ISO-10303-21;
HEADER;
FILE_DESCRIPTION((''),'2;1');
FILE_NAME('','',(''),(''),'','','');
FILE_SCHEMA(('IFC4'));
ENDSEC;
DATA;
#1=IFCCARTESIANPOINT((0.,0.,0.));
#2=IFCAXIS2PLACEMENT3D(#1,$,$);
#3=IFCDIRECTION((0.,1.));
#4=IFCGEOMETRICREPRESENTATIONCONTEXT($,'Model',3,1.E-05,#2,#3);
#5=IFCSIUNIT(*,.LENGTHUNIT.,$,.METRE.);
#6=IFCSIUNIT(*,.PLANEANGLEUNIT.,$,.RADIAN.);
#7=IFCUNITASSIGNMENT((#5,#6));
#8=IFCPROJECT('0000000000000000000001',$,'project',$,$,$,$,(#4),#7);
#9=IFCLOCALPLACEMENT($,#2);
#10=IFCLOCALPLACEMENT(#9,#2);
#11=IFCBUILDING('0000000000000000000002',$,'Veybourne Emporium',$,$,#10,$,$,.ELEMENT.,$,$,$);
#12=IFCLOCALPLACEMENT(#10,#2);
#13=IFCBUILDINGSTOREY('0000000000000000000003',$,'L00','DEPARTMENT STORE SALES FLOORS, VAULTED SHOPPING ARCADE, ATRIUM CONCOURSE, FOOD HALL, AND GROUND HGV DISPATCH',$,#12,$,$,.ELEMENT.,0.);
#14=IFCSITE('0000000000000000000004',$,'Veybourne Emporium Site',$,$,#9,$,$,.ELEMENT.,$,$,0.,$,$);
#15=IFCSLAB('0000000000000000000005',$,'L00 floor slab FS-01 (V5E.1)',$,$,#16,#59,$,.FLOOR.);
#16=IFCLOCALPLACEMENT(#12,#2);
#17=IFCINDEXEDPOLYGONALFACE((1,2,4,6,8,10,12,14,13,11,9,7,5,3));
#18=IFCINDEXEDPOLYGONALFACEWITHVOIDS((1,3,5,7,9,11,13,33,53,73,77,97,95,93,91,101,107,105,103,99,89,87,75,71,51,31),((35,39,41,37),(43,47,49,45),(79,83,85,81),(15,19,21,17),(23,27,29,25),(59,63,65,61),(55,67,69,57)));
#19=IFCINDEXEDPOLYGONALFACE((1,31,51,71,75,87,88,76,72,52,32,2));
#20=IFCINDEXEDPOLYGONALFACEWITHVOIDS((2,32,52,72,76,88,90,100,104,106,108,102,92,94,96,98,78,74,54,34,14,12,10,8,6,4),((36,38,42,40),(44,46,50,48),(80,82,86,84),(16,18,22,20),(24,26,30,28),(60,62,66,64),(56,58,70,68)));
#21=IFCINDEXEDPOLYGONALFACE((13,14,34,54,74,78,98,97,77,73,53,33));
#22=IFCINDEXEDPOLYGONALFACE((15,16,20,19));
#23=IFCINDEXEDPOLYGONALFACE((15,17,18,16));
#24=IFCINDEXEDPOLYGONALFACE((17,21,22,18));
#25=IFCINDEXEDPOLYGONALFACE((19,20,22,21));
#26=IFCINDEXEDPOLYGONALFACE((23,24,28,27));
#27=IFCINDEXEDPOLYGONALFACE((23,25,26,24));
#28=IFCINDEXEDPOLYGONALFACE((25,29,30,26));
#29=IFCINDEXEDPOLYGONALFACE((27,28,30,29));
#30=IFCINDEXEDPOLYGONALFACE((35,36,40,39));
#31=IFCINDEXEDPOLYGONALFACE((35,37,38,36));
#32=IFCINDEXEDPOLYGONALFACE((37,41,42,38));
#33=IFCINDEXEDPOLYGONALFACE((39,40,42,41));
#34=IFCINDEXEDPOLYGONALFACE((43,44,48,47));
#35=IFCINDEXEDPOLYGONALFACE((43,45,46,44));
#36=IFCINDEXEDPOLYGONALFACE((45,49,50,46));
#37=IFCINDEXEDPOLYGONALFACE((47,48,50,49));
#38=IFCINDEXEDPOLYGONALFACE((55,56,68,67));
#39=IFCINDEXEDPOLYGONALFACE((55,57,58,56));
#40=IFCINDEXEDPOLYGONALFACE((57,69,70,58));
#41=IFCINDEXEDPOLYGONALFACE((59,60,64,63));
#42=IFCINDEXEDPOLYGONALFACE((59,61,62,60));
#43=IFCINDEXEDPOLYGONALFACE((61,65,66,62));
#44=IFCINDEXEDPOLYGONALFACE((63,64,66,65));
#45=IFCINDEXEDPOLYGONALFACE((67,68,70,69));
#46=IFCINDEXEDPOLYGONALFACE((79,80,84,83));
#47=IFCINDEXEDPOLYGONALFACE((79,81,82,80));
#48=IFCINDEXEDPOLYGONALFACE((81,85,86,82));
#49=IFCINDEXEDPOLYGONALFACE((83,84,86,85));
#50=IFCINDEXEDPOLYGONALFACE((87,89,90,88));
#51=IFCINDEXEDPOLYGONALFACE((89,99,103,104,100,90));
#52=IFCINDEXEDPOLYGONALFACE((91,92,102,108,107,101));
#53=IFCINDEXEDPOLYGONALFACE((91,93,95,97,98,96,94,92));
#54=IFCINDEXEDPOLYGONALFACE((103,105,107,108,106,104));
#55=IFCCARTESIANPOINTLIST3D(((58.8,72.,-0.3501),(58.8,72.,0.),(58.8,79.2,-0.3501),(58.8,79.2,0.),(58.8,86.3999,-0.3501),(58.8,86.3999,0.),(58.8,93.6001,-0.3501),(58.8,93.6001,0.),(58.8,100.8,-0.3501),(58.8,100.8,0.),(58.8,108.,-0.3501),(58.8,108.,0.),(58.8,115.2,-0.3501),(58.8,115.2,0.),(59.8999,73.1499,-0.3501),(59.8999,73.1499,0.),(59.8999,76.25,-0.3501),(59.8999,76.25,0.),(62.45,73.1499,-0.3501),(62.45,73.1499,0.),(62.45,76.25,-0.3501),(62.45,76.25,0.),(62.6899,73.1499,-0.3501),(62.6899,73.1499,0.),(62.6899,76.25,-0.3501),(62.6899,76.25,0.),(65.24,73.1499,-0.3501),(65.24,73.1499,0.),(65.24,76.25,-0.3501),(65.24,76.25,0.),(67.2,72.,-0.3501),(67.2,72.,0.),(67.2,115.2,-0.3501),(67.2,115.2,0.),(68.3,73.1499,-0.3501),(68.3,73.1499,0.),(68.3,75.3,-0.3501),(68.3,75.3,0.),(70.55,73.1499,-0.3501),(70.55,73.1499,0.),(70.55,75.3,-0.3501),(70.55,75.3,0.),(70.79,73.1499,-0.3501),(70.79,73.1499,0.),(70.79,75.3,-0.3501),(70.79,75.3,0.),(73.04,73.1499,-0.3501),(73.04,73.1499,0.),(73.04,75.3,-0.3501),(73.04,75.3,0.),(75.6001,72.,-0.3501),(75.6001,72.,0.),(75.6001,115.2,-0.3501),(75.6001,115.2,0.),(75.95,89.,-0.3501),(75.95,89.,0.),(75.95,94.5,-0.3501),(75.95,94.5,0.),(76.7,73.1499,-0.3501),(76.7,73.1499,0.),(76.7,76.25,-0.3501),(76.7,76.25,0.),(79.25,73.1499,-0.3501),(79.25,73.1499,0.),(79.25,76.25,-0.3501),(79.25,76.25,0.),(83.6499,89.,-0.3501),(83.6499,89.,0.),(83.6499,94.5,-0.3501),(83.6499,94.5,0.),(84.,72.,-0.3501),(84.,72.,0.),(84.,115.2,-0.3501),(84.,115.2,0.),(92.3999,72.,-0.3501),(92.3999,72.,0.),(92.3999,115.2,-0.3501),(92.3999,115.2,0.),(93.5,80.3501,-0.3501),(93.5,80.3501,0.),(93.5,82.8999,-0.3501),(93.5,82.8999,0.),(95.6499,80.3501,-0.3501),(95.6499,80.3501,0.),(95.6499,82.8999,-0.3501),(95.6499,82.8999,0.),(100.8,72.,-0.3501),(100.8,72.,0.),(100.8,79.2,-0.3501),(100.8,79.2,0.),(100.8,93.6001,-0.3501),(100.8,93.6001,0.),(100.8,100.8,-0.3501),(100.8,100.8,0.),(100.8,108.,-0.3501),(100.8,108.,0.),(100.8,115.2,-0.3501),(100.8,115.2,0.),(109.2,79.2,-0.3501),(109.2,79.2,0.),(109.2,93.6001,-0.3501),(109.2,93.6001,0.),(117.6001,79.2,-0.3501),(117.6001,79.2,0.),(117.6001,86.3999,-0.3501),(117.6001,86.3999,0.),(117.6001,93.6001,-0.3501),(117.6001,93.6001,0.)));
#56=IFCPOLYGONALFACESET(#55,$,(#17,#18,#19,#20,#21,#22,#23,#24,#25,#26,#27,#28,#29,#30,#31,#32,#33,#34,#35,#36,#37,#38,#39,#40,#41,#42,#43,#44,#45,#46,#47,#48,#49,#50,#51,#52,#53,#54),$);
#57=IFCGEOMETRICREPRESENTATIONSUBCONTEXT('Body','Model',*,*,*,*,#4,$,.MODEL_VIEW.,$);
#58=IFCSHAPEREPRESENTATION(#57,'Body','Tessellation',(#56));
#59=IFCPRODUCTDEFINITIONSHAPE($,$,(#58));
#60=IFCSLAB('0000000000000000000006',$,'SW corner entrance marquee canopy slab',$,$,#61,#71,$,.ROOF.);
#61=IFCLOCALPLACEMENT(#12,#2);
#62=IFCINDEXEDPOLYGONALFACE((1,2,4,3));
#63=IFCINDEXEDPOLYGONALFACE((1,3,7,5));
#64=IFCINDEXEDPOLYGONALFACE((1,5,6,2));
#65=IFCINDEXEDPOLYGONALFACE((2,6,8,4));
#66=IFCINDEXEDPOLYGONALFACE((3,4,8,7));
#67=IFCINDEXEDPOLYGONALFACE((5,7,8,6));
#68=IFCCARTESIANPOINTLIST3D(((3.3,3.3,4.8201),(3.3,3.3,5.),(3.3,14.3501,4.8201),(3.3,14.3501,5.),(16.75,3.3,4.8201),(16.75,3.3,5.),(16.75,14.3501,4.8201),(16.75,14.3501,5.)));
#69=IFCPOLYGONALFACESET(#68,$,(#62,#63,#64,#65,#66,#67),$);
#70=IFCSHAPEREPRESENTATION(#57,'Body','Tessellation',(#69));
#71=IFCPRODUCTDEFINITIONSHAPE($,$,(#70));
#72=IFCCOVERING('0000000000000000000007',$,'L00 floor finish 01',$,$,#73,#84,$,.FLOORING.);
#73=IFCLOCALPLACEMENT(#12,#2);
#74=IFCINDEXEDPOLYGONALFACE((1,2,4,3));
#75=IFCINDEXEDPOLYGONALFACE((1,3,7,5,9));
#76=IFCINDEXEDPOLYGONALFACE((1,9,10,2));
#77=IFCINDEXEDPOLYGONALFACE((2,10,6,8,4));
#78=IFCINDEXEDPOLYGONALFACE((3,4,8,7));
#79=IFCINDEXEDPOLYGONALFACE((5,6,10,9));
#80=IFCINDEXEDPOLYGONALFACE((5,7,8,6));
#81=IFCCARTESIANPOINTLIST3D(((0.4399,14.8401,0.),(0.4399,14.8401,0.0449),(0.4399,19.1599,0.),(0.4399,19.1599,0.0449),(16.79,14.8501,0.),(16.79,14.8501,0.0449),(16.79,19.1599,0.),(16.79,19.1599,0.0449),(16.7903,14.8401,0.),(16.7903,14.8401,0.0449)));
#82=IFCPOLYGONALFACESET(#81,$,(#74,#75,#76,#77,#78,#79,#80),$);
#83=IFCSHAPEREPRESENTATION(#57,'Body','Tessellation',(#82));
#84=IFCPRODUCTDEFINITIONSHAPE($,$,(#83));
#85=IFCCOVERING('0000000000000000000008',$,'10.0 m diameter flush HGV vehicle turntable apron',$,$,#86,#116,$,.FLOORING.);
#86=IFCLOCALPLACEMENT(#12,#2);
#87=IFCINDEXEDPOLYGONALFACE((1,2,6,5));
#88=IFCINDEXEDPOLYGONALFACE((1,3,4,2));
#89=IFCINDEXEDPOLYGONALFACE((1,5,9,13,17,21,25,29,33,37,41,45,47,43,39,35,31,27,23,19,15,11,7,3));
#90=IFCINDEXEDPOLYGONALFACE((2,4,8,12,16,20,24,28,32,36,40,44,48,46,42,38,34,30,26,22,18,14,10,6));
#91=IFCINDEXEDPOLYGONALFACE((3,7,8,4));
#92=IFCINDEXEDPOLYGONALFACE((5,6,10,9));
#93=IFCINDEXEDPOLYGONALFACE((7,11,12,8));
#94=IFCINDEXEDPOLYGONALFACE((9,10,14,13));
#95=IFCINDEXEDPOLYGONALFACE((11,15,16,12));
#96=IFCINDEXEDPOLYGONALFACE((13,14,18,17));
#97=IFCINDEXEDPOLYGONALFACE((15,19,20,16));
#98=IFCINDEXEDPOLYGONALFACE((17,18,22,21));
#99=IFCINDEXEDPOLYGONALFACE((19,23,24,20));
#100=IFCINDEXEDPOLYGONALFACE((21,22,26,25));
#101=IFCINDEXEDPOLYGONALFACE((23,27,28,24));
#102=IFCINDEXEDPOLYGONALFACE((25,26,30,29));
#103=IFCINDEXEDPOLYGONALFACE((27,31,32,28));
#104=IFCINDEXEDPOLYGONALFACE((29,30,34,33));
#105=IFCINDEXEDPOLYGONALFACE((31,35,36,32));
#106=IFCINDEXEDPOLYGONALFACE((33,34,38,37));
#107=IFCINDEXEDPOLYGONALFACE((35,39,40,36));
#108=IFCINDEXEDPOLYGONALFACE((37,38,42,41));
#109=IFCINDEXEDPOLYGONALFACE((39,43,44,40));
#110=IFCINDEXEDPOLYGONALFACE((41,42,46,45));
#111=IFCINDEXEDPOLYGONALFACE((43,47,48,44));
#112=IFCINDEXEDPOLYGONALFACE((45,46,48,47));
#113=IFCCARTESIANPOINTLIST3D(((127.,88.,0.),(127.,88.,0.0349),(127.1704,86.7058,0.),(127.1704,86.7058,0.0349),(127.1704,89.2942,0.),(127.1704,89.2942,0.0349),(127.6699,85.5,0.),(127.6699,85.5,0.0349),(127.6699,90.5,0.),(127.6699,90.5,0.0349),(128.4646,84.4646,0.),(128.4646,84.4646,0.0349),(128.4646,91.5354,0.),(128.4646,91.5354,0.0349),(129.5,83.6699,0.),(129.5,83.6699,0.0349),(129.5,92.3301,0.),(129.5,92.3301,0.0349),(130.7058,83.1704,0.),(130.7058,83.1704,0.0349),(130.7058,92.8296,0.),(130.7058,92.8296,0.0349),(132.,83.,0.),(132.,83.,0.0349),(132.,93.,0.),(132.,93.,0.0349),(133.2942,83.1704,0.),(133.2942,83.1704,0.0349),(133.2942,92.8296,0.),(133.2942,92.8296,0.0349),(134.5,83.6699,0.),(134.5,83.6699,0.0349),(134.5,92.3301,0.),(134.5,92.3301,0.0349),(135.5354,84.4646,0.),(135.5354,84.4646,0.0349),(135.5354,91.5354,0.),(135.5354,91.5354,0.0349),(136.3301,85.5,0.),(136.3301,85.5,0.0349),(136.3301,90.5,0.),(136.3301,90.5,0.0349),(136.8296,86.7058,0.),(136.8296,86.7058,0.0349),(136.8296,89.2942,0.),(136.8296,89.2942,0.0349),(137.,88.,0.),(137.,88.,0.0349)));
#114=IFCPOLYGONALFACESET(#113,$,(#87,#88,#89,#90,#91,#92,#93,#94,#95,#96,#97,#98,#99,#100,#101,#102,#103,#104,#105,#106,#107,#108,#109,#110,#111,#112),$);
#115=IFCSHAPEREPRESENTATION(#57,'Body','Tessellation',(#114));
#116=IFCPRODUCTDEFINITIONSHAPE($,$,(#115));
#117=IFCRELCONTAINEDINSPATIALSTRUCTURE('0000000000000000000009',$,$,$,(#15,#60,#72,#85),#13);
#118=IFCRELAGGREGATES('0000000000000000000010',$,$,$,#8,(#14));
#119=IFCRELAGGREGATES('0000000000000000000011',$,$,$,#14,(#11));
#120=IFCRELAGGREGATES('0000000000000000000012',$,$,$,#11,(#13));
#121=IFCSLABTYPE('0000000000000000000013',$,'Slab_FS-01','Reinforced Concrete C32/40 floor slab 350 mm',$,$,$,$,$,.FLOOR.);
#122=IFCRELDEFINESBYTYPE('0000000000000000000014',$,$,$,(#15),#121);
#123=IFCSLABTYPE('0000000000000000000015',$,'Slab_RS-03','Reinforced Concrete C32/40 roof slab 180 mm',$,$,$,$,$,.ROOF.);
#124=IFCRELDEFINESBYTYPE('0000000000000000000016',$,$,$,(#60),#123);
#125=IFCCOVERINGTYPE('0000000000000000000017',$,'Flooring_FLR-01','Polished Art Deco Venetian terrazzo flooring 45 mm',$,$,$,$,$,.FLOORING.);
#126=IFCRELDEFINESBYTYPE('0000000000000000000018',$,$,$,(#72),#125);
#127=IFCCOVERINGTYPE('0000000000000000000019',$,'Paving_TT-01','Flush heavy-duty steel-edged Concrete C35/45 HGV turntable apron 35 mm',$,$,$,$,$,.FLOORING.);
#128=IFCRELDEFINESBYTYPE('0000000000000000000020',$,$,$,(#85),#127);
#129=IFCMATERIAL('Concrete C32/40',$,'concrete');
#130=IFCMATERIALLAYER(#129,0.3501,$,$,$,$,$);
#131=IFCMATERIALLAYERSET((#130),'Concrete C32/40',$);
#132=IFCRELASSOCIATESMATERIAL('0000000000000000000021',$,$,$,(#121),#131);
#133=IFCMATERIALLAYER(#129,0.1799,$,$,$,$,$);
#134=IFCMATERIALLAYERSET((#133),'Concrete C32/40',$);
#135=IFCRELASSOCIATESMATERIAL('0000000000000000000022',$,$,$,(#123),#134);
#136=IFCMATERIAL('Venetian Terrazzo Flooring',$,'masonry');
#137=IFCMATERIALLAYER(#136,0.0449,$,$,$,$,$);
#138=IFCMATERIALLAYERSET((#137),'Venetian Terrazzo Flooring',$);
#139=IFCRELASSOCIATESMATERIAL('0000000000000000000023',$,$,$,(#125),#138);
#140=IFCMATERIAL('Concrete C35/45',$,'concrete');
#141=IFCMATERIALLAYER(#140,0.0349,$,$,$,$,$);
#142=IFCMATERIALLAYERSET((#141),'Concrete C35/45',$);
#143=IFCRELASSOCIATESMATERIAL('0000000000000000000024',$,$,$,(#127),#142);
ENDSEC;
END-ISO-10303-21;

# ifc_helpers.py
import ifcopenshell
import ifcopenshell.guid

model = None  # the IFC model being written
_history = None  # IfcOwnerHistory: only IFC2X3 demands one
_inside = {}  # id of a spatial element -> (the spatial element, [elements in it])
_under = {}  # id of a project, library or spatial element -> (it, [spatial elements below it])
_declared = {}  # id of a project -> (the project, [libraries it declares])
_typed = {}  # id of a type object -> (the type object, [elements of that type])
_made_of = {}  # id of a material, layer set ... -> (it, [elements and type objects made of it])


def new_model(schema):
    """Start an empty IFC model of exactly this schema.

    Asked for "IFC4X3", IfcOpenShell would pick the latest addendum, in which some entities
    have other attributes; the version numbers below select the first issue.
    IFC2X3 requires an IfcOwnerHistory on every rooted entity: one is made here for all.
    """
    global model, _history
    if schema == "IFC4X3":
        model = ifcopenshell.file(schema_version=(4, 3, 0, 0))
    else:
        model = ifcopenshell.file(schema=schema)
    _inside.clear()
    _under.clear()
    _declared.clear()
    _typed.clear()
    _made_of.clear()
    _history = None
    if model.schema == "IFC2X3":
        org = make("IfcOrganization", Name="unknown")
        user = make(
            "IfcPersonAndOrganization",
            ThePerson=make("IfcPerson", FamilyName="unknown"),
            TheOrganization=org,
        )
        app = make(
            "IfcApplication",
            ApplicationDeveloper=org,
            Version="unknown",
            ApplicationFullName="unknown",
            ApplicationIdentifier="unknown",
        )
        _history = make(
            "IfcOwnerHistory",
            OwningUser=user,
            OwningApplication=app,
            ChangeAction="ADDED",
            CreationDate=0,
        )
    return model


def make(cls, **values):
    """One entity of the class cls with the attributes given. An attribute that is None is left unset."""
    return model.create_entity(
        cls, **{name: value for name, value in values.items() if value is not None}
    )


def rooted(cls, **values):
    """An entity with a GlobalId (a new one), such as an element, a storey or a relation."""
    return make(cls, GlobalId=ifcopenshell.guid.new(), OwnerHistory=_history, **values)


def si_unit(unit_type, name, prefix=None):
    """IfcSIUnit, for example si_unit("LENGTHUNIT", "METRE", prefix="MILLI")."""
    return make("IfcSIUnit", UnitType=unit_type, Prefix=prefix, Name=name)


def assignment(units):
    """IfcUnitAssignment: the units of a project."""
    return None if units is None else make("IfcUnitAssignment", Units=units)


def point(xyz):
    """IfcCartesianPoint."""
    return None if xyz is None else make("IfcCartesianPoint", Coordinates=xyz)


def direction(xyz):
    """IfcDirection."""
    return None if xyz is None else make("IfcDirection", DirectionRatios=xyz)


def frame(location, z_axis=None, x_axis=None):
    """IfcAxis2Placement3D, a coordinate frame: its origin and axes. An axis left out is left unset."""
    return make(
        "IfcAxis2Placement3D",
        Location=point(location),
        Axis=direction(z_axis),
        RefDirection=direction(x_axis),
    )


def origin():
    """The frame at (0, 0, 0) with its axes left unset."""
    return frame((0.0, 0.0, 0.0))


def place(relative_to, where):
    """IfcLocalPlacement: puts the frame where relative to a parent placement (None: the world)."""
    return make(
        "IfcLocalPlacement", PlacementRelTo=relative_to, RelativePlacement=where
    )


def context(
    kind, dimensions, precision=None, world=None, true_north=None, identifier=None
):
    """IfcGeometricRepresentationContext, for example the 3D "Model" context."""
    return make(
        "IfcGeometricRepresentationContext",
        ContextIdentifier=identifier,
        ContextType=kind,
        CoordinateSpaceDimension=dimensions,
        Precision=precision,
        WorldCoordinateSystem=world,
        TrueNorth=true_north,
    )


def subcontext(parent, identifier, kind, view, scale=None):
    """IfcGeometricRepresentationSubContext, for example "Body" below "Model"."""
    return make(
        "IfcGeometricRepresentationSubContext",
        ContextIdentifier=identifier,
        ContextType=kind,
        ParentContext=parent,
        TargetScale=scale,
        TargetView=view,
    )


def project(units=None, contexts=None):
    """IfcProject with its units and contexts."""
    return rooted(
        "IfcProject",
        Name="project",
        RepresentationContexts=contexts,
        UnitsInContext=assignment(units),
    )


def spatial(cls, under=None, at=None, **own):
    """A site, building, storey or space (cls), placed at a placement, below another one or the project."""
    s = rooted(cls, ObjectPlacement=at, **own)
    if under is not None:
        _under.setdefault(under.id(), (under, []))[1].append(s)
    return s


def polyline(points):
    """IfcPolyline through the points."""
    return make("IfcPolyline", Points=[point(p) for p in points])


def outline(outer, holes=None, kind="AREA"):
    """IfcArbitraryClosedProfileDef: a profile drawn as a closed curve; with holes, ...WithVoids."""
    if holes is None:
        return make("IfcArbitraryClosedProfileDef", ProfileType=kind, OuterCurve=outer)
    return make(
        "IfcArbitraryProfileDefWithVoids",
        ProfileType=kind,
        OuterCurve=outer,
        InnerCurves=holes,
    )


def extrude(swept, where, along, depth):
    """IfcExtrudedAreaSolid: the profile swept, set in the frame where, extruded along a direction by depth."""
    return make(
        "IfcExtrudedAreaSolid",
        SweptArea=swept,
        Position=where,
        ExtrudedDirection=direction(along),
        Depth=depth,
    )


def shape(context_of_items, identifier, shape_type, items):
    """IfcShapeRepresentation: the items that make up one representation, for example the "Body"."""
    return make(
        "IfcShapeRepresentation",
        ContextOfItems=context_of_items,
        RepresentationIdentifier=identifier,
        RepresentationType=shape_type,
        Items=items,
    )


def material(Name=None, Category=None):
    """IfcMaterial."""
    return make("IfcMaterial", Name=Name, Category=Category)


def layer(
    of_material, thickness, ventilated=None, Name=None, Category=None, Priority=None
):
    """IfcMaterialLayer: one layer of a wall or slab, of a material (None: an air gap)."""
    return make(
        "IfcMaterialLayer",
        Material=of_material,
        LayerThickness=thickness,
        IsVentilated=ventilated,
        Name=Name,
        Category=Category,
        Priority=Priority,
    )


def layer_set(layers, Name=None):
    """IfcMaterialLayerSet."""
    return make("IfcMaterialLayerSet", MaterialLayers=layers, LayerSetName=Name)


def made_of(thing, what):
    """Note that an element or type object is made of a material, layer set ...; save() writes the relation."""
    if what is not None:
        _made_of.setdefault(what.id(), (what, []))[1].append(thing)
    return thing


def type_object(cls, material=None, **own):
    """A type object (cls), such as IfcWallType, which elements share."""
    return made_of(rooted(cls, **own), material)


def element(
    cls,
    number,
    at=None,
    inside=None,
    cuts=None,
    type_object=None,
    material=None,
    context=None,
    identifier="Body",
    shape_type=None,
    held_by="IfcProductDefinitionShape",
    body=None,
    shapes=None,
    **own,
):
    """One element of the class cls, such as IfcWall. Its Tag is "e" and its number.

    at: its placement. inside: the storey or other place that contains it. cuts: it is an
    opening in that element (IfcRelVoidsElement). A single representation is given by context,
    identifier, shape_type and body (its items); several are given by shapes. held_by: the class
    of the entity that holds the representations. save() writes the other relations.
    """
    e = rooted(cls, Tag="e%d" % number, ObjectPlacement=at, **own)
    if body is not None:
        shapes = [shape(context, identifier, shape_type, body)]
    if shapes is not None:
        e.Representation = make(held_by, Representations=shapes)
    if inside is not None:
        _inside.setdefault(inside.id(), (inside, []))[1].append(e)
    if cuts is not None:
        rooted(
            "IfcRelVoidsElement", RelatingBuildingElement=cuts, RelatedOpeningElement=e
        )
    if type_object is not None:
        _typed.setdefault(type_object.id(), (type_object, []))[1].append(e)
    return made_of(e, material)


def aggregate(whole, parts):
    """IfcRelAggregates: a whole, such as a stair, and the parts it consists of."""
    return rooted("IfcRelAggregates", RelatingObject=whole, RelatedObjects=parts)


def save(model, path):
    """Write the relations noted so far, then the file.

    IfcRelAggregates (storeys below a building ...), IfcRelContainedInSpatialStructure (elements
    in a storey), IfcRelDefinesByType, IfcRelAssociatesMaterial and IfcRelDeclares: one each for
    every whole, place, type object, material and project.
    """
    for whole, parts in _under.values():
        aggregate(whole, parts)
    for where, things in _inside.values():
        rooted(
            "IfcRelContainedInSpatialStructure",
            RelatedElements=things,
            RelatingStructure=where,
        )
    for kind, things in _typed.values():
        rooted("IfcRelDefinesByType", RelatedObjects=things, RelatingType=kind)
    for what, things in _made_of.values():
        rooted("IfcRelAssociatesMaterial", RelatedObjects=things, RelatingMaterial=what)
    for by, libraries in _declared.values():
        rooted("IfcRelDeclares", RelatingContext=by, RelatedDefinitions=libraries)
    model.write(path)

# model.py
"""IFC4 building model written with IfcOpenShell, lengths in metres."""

from ifc_helpers import new_model, si_unit, direction, frame, origin, place, context, subcontext, project, spatial, polyline, outline, extrude, material, layer, layer_set, type_object, element, save


model = new_model("IFC4")

# Units and contexts
model_context = context("Model", 3, precision=1e-05, world=origin(), true_north=direction((0.0, 1.0)))
body_context = subcontext(model_context, "Body", "Model", "MODEL_VIEW")
ifc_project = project(units=[si_unit("LENGTHUNIT", "METRE"), si_unit("PLANEANGLEUNIT", "RADIAN")], contexts=[model_context])

# Site, building, storey
site_placement = place(None, origin())
site = spatial("IfcSite", under=ifc_project, at=site_placement, Name="Veybourne Emporium Site", CompositionType="ELEMENT", RefElevation=0.0)
building_placement = place(site_placement, origin())
building = spatial("IfcBuilding", under=site, at=building_placement, Name="Veybourne Emporium", CompositionType="ELEMENT")
storey_placement = place(building_placement, origin())
storey = spatial("IfcBuildingStorey", under=building, at=storey_placement, Name="L00", Description="DEPARTMENT STORE SALES FLOORS, VAULTED SHOPPING ARCADE, ATRIUM CONCOURSE, FOOD HALL, AND GROUND HGV DISPATCH", CompositionType="ELEMENT", Elevation=0.0)

# Shared definitions
ifc_material_1 = material(Name="Concrete C32/40", Category="concrete")

# Slabs
ifc_material_2 = material(Name="Concrete C35/45", Category="concrete")
ifc_layer_1 = layer(ifc_material_1, 0.3501)
ifc_layer_set_1 = layer_set([ifc_layer_1], Name="Concrete C32/40")
slab_type_1 = type_object("IfcSlabType", Name="Slab_FS-01", Description="Reinforced Concrete C32/40 floor slab 350 mm", PredefinedType="FLOOR", material=ifc_layer_set_1)
slab_1_placement = place(storey_placement, frame((0.0, 0.0, -0.3501)))
element("IfcSlab", 1, at=slab_1_placement, inside=storey, type_object=slab_type_1, Name="L00 floor slab FS-01 (V5E.1)", PredefinedType="FLOOR", context=body_context, shape_type="SweptSolid", body=[
    extrude(outline(polyline([(58.8, 72.0), (58.8, 79.2), (58.8, 86.3999), (58.8, 93.6001), (58.8, 100.8), (58.8, 108.0), (58.8, 115.2), (67.2, 115.2), (75.6001, 115.2), (84.0, 115.2), (92.3999, 115.2), (100.8, 115.2), (100.8, 108.0), (100.8, 100.8), (100.8, 93.6001), (109.2, 93.6001), (117.6001, 93.6001), (117.6001, 86.3999), (117.6001, 79.2), (109.2, 79.2), (100.8, 79.2), (100.8, 72.0), (92.3999, 72.0), (84.0, 72.0), (75.6001, 72.0), (67.2, 72.0), (58.8, 72.0)]), holes=[polyline([(68.3, 73.1499), (70.55, 73.1499), (70.55, 75.3), (68.3, 75.3), (68.3, 73.1499)]), polyline([(70.79, 73.1499), (73.04, 73.1499), (73.04, 75.3), (70.79, 75.3), (70.79, 73.1499)]), polyline([(62.45, 73.1499), (62.45, 76.25), (59.8999, 76.25), (59.8999, 73.1499), (62.45, 73.1499)]), polyline([(62.6899, 73.1499), (65.24, 73.1499), (65.24, 76.25), (62.6899, 76.25), (62.6899, 73.1499)]), polyline([(76.7, 73.1499), (79.25, 73.1499), (79.25, 76.25), (76.7, 76.25), (76.7, 73.1499)]), polyline([(93.5, 80.3501), (95.6499, 80.3501), (95.6499, 82.8999), (93.5, 82.8999), (93.5, 80.3501)]), polyline([(75.95, 89.0), (83.6499, 89.0), (83.6499, 94.5), (75.95, 94.5), (75.95, 89.0)])]), origin(), (0.0, 0.0, 1.0), 0.3501),
])
ifc_layer_2 = layer(ifc_material_1, 0.1799)
ifc_layer_set_2 = layer_set([ifc_layer_2], Name="Concrete C32/40")
slab_type_2 = type_object("IfcSlabType", Name="Slab_RS-03", Description="Reinforced Concrete C32/40 roof slab 180 mm", PredefinedType="ROOF", material=ifc_layer_set_2)
slab_2_placement = place(storey_placement, frame((0.0, 0.0, 4.8201)))
element("IfcSlab", 2, at=slab_2_placement, inside=storey, type_object=slab_type_2, Name="SW corner entrance marquee canopy slab", PredefinedType="ROOF", context=body_context, shape_type="SweptSolid", body=[
    extrude(outline(polyline([(16.75, 3.3), (16.75, 14.3501), (3.3, 14.3501), (3.3, 3.3), (16.75, 3.3)])), origin(), (0.0, 0.0, 1.0), 0.1799),
])

# Coverings
ifc_material_3 = material(Name="Venetian Terrazzo Flooring", Category="masonry")
ifc_layer_3 = layer(ifc_material_3, 0.0449)
ifc_layer_set_3 = layer_set([ifc_layer_3], Name="Venetian Terrazzo Flooring")
covering_type_1 = type_object("IfcCoveringType", Name="Flooring_FLR-01", Description="Polished Art Deco Venetian terrazzo flooring 45 mm", PredefinedType="FLOORING", material=ifc_layer_set_3)
covering_1_placement = place(storey_placement, origin())
element("IfcCovering", 3, at=covering_1_placement, inside=storey, type_object=covering_type_1, Name="L00 floor finish 01", PredefinedType="FLOORING", context=body_context, shape_type="SweptSolid", body=[
    extrude(outline(polyline([(16.7903, 14.8401), (16.7903, 14.8401), (0.4399, 14.8401), (0.4399, 19.1599), (16.79, 19.1599), (16.79, 14.8501), (16.7903, 14.8401)])), origin(), (0.0, 0.0, 1.0), 0.0449),
])
ifc_layer_4 = layer(ifc_material_2, 0.0349)
ifc_layer_set_4 = layer_set([ifc_layer_4], Name="Concrete C35/45")
covering_type_2 = type_object("IfcCoveringType", Name="Paving_TT-01", Description="Flush heavy-duty steel-edged Concrete C35/45 HGV turntable apron 35 mm", PredefinedType="FLOORING", material=ifc_layer_set_4)
covering_2_placement = place(storey_placement, origin())
element("IfcCovering", 4, at=covering_2_placement, inside=storey, type_object=covering_type_2, Name="10.0 m diameter flush HGV vehicle turntable apron", PredefinedType="FLOORING", context=body_context, shape_type="SweptSolid", body=[
    extrude(outline(polyline([(137.0, 88.0), (136.8296, 89.2942), (136.3301, 90.5), (135.5354, 91.5354), (134.5, 92.3301), (133.2942, 92.8296), (132.0, 93.0), (130.7058, 92.8296), (129.5, 92.3301), (128.4646, 91.5354), (127.6699, 90.5), (127.1704, 89.2942), (127.0, 88.0), (127.1704, 86.7058), (127.6699, 85.5), (128.4646, 84.4646), (129.5, 83.6699), (130.7058, 83.1704), (132.0, 83.0), (133.2942, 83.1704), (134.5, 83.6699), (135.5354, 84.4646), (136.3301, 85.5), (136.8296, 86.7058), (137.0, 88.0)])), origin(), (0.0, 0.0, 1.0), 0.0349),
])

save(model, "model.ifc")
